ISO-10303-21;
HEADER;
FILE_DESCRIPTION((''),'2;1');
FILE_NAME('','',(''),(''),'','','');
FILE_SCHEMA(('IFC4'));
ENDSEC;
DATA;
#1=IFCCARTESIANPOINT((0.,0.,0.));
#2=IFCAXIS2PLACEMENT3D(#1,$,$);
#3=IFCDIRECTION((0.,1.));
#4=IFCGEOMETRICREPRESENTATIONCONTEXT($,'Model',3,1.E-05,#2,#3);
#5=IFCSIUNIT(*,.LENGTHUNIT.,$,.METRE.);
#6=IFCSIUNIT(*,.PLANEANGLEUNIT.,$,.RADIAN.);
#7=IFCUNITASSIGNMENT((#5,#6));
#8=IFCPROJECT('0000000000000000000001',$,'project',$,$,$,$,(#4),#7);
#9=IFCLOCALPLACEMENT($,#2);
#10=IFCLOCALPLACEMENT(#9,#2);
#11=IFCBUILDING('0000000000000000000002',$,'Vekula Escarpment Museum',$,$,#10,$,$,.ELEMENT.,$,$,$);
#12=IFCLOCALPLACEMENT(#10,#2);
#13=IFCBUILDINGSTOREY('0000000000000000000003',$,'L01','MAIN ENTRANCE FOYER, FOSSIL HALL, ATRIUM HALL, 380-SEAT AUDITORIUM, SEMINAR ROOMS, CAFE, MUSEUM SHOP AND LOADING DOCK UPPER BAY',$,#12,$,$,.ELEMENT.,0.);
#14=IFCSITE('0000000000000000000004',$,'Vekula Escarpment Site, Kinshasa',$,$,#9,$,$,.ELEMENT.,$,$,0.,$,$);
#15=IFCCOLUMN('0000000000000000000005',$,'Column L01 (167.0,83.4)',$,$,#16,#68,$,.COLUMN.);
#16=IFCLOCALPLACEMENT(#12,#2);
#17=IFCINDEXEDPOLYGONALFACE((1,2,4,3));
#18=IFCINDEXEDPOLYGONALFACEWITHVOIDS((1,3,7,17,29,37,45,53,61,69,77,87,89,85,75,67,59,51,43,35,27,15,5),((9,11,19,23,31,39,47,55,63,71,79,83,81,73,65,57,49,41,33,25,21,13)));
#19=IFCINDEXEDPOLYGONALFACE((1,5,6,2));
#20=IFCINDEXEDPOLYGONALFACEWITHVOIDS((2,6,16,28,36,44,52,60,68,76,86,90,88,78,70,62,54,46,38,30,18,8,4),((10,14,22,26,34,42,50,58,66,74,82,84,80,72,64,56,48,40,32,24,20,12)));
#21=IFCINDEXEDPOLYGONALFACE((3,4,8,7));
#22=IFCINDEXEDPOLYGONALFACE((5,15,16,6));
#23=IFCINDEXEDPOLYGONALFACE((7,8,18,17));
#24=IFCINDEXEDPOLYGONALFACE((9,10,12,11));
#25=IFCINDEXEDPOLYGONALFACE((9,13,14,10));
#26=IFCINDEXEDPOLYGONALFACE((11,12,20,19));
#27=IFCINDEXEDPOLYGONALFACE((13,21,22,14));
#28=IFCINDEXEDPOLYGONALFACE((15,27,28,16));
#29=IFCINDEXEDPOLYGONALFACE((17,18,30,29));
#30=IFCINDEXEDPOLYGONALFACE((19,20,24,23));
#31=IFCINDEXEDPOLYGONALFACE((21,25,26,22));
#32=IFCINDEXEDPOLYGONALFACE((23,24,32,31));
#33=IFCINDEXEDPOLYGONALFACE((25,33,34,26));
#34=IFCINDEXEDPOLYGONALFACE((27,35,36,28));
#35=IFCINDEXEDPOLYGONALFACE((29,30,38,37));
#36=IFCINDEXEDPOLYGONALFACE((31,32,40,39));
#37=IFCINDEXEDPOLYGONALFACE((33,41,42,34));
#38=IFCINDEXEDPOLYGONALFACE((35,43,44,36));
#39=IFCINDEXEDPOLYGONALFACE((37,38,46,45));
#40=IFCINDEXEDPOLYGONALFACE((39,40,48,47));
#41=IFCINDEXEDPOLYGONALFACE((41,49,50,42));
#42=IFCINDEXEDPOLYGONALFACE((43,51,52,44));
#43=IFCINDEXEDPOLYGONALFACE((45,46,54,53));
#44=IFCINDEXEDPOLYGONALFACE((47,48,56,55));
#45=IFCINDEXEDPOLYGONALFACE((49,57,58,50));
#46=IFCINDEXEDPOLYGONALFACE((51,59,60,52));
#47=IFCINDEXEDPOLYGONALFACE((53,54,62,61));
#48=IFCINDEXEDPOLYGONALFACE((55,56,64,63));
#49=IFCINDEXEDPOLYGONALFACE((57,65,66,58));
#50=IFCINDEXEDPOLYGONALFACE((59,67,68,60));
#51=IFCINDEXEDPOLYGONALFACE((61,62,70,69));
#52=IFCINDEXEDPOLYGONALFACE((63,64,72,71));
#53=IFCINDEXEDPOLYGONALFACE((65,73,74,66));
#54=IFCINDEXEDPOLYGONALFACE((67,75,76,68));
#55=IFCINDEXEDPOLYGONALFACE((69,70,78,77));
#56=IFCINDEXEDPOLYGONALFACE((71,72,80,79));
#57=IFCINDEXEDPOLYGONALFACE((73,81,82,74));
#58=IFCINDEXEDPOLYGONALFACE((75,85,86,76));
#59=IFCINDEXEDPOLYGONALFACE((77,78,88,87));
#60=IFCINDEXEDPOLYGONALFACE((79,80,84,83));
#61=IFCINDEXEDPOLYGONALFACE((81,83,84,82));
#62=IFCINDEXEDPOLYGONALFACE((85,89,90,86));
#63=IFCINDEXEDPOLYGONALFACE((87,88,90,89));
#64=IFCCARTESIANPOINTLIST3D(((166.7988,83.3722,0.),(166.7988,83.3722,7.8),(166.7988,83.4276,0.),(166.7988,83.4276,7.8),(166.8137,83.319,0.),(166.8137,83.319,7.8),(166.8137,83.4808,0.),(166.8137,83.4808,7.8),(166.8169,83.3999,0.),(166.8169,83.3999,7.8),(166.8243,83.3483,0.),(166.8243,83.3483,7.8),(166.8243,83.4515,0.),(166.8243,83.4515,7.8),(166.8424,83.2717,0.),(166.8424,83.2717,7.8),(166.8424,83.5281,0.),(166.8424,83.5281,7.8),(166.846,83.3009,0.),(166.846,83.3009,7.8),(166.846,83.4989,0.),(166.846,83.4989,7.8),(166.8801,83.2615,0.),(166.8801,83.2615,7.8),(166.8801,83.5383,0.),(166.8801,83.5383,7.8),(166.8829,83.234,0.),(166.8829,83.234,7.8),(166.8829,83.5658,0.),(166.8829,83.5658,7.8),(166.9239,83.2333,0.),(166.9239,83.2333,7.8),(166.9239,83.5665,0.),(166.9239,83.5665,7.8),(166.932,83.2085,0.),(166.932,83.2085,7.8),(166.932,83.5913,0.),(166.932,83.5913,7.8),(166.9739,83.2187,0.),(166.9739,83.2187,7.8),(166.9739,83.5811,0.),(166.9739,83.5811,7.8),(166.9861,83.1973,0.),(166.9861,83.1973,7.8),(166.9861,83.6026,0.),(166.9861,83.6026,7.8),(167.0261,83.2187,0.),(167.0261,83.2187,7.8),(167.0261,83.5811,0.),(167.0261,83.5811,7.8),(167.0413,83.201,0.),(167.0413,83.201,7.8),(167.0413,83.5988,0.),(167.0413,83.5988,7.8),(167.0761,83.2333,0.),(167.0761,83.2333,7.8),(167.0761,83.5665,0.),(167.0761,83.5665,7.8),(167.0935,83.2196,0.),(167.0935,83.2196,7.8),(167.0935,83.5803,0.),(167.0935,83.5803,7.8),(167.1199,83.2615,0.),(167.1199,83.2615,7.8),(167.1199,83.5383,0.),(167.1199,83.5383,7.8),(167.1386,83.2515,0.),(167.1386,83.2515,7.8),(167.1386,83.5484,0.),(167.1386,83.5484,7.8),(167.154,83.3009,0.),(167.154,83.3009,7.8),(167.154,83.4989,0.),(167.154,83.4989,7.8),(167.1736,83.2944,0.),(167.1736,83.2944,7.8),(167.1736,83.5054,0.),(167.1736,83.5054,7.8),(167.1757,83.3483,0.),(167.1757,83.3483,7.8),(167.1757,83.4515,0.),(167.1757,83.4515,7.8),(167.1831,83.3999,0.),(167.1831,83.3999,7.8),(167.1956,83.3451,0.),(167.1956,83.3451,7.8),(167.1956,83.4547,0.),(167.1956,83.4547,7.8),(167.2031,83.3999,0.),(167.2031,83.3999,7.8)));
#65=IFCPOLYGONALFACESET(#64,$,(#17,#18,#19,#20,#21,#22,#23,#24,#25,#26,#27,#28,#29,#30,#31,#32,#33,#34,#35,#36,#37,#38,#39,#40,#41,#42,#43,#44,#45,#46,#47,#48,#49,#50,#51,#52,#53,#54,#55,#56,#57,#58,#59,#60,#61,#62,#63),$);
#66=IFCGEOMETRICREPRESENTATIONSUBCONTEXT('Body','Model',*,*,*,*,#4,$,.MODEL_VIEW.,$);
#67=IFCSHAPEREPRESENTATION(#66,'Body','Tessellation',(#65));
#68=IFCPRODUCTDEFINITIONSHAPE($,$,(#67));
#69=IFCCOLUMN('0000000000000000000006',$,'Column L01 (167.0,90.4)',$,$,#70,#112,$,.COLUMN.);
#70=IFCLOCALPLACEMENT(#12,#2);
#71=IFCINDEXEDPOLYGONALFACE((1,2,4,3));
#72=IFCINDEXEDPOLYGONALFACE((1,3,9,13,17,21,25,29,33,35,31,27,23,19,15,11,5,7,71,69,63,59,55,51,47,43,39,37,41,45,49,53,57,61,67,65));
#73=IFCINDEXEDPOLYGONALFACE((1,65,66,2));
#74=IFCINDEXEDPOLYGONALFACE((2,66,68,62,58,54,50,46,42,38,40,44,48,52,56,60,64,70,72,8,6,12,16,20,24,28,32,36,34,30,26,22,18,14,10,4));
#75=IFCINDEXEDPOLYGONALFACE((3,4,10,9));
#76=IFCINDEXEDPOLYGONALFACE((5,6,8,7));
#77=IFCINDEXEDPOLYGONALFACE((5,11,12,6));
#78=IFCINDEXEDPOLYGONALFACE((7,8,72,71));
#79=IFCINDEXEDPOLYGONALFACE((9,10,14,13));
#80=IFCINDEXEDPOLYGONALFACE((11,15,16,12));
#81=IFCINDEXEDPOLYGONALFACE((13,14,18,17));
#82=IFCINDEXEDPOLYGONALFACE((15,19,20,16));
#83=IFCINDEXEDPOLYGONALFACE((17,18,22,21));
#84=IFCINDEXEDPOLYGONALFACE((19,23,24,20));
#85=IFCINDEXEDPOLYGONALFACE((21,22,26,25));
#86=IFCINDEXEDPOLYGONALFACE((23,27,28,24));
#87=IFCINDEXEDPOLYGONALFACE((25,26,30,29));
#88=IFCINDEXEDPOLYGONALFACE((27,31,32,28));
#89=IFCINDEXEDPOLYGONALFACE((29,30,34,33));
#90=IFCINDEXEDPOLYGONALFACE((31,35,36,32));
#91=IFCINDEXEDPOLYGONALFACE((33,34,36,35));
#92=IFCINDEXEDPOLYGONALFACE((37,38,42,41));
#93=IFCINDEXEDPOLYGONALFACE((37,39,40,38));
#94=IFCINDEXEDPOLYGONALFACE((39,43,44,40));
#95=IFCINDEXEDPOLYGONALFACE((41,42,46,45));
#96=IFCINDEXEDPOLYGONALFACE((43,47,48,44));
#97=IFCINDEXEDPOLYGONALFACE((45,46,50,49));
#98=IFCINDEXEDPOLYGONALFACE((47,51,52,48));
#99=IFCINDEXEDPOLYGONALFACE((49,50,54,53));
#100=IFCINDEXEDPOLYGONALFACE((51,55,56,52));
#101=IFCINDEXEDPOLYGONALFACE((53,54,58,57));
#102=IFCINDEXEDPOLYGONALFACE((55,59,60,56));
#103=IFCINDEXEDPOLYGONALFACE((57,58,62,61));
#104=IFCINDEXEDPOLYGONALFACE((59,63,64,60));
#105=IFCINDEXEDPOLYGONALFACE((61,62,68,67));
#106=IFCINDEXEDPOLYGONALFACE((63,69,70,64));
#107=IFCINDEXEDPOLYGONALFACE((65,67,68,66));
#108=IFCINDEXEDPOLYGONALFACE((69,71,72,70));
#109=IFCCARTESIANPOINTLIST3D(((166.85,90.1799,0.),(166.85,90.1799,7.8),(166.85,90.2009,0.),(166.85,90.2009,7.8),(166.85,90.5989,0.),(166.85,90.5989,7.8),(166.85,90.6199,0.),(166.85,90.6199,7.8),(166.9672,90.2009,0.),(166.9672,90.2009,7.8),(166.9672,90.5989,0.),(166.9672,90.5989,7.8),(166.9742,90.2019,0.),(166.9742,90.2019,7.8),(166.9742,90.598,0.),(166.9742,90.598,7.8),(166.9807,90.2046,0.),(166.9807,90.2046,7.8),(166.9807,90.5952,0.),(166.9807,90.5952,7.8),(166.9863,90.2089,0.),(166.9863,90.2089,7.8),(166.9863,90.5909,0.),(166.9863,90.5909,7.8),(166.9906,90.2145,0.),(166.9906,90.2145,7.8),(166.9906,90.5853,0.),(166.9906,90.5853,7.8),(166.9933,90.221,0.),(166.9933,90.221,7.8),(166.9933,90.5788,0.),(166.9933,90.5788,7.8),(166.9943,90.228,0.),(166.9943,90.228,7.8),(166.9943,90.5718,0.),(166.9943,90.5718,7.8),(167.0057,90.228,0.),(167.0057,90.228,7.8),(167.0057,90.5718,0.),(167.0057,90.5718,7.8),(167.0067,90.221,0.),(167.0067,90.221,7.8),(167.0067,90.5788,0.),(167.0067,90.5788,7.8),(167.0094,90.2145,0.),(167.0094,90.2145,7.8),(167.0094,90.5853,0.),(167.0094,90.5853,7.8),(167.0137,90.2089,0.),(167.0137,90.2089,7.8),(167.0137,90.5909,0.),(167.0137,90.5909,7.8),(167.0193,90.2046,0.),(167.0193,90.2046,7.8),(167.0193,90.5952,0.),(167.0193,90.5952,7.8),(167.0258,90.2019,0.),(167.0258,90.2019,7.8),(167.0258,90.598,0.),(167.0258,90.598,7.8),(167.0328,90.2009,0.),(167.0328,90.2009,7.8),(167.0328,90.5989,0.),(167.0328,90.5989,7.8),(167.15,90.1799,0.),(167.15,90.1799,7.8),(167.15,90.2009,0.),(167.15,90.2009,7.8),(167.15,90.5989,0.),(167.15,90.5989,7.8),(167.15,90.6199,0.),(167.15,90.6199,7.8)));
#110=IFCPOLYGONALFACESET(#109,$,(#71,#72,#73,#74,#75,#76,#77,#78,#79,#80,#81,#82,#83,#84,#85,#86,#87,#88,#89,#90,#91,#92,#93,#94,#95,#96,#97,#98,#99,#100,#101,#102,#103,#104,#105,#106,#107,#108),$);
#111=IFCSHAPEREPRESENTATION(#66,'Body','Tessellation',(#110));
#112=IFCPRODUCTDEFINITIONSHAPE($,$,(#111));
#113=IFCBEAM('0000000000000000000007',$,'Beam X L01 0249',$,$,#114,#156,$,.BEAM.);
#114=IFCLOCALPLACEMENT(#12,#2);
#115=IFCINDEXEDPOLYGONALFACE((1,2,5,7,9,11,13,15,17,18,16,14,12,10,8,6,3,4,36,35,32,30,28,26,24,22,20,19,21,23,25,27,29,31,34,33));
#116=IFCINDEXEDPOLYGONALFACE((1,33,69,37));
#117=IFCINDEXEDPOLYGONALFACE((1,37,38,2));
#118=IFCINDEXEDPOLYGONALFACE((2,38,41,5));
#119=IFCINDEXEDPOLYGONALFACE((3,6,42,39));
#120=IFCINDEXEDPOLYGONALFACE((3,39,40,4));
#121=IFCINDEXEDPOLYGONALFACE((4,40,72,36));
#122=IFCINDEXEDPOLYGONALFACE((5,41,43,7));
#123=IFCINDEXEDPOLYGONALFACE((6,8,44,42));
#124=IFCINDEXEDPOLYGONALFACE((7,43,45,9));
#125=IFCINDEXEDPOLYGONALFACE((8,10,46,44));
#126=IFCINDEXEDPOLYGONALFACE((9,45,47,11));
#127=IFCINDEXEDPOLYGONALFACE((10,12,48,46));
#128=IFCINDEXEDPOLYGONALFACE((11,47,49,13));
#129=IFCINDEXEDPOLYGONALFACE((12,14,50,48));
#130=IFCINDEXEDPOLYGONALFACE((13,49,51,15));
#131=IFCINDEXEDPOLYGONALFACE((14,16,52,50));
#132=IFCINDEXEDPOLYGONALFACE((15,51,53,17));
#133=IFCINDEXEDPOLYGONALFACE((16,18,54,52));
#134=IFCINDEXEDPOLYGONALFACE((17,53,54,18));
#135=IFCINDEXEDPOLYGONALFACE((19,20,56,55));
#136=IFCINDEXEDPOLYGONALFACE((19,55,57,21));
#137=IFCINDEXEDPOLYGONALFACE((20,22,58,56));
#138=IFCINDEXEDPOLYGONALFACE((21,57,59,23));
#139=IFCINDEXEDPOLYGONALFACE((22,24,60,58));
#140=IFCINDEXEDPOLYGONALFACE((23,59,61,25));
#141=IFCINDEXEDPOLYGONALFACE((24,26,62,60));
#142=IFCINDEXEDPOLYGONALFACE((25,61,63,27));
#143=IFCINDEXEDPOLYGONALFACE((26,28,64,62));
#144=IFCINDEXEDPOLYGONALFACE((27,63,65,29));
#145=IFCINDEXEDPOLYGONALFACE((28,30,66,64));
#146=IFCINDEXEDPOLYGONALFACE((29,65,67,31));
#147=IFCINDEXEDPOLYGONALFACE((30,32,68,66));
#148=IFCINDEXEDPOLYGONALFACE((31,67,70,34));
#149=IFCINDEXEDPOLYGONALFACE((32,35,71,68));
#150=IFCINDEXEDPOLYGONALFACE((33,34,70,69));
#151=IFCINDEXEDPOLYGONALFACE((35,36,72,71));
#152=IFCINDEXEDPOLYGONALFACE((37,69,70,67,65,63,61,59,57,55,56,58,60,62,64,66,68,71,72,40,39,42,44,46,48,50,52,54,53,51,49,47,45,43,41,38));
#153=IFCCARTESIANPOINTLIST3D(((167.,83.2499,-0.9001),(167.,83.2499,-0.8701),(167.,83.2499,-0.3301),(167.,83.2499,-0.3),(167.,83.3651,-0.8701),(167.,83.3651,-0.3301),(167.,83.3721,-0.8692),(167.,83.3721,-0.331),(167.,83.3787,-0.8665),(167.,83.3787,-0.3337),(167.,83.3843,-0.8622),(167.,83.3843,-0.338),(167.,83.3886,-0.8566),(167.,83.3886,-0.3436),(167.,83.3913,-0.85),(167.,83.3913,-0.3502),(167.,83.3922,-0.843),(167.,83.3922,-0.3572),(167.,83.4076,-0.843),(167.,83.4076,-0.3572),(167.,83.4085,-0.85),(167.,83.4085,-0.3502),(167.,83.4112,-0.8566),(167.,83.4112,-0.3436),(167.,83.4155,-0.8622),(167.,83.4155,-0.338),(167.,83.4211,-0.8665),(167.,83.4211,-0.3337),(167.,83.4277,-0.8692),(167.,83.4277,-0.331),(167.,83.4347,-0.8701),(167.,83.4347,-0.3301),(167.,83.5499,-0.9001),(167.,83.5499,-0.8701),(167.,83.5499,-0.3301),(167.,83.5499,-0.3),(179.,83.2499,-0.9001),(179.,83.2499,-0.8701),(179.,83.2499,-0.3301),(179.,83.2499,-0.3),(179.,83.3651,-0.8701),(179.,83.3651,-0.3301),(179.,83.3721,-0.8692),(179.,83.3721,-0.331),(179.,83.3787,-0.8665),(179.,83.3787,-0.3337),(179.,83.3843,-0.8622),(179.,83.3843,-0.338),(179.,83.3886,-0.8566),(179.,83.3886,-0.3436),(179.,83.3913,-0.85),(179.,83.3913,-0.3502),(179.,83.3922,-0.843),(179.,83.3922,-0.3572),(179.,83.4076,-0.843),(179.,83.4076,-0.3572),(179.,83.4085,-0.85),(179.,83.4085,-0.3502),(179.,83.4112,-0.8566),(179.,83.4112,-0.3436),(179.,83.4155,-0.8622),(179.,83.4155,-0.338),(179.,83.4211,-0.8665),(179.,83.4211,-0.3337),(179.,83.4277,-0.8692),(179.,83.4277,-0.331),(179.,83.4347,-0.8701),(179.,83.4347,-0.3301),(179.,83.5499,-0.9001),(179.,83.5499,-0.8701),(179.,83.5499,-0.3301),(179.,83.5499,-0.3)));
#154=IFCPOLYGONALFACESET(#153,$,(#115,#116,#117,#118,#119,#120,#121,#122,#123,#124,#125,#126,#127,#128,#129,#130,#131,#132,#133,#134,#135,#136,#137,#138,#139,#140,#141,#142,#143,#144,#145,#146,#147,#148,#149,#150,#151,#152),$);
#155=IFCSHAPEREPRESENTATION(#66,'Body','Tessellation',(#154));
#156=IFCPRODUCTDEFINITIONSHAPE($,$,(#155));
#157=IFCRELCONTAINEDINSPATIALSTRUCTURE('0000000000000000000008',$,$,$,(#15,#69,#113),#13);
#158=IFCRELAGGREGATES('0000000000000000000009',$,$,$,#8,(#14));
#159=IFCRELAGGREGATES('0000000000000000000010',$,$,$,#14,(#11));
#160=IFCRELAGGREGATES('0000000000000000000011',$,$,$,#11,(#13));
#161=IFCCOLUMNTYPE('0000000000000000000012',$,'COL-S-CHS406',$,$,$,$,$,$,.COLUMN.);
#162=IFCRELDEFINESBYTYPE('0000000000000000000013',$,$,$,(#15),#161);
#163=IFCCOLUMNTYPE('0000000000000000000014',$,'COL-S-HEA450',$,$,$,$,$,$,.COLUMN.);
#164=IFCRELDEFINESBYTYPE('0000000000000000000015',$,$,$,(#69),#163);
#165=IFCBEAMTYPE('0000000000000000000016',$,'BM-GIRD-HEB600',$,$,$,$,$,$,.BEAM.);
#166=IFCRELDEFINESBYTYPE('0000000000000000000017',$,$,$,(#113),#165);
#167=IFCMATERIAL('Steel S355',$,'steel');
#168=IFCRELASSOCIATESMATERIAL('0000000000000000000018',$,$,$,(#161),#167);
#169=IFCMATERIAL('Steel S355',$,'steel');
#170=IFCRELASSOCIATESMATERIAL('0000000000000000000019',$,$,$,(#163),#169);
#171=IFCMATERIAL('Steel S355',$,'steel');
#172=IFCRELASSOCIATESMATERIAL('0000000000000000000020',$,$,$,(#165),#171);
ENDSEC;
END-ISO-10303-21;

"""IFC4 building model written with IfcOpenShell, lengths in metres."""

from ifc_helpers import new_model, si_unit, direction, frame, origin, origin_2d, place, context, subcontext, project, spatial, hollow_circle, i_section, extrude, material, material_profile, profile_set, type_object, element, save


model = new_model("IFC4")

# Units and contexts
model_context = context("Model", 3, precision=1e-05, world=origin(), true_north=direction((0.0, 1.0)))
body_context = subcontext(model_context, "Body", "Model", "MODEL_VIEW")
ifc_project = project(units=[si_unit("LENGTHUNIT", "METRE"), si_unit("PLANEANGLEUNIT", "RADIAN")], contexts=[model_context])

# Site, building, storey
site_placement = place(None, origin())
site = spatial("IfcSite", under=ifc_project, at=site_placement, Name="Vekula Escarpment Site, Kinshasa", CompositionType="ELEMENT", RefElevation=0.0)
building_placement = place(site_placement, origin())
building = spatial("IfcBuilding", under=site, at=building_placement, Name="Vekula Escarpment Museum", CompositionType="ELEMENT")
storey_placement = place(building_placement, origin())
storey = spatial("IfcBuildingStorey", under=building, at=storey_placement, Name="L01", Description="MAIN ENTRANCE FOYER, FOSSIL HALL, ATRIUM HALL, 380-SEAT AUDITORIUM, SEMINAR ROOMS, CAFE, MUSEUM SHOP AND LOADING DOCK UPPER BAY", CompositionType="ELEMENT", Elevation=0.0)

# Columns
ifc_material_1 = material(Name="Steel S355", Category="steel")
ifc_material_profile_1 = material_profile(ifc_material_1, hollow_circle(Radius=0.2031, WallThickness=0.02, at=origin_2d()), Name="CHS 406.4x20")
ifc_profile_set_1 = profile_set([ifc_material_profile_1], Name="Steel S355")
column_type_1 = type_object("IfcColumnType", Name="COL-S-CHS406", PredefinedType="COLUMN", material=ifc_profile_set_1)
column_1_placement = place(storey_placement, frame((167.0, 83.3999, 0.0), z_axis=(0.0, 0.0, 1.0), x_axis=(1.0, 0.0, 0.0)))
element("IfcColumn", 1, at=column_1_placement, inside=storey, type_object=column_type_1, Name="Column L01 (167.0,83.4)", PredefinedType="COLUMN", context=body_context, shape_type="SweptSolid", body=[
    extrude(hollow_circle(Radius=0.2031, WallThickness=0.02, at=origin_2d()), origin(), (0.0, 0.0, 1.0), 7.8),
])
ifc_material_2 = material(Name="Steel S355", Category="steel")
ifc_material_profile_2 = material_profile(ifc_material_2, i_section(OverallWidth=0.3, OverallDepth=0.4399, WebThickness=0.0115, FlangeThickness=0.021, FilletRadius=0.0271, at=origin_2d()), Name="HEA 450")
ifc_profile_set_2 = profile_set([ifc_material_profile_2], Name="Steel S355")
column_type_2 = type_object("IfcColumnType", Name="COL-S-HEA450", PredefinedType="COLUMN", material=ifc_profile_set_2)
column_2_placement = place(storey_placement, frame((167.0, 90.3999, 0.0), z_axis=(0.0, 0.0, 1.0), x_axis=(1.0, 0.0, 0.0)))
element("IfcColumn", 2, at=column_2_placement, inside=storey, type_object=column_type_2, Name="Column L01 (167.0,90.4)", PredefinedType="COLUMN", context=body_context, shape_type="SweptSolid", body=[
    extrude(i_section(OverallWidth=0.3, OverallDepth=0.4399, WebThickness=0.0115, FlangeThickness=0.021, FilletRadius=0.0271, at=origin_2d()), origin(), (0.0, 0.0, 1.0), 7.8),
])

# Beam
ifc_material_3 = material(Name="Steel S355", Category="steel")
ifc_material_profile_3 = material_profile(ifc_material_3, i_section(OverallWidth=0.3, OverallDepth=0.6001, WebThickness=0.0154, FlangeThickness=0.03, FilletRadius=0.0271, at=origin_2d()), Name="HEB 600")
ifc_profile_set_3 = profile_set([ifc_material_profile_3], Name="Steel S355")
beam_type_1 = type_object("IfcBeamType", Name="BM-GIRD-HEB600", PredefinedType="BEAM", material=ifc_profile_set_3)
for number, where, z_axis, x_axis, name in (
    (3, (167.0, 83.3999, -0.6001), (1.0, 0.0, 0.0), (0.0, 1.0, 0.0), "Beam X L01 0249"),
):
    element("IfcBeam", number, at=place(storey_placement, frame(where, z_axis=z_axis, x_axis=x_axis)), inside=storey, type_object=beam_type_1, Name=name, PredefinedType="BEAM", context=body_context, shape_type="SweptSolid", body=[
        extrude(i_section(OverallWidth=0.3, OverallDepth=0.6001, WebThickness=0.0154, FlangeThickness=0.03, FilletRadius=0.0271, at=origin_2d()), origin(), (0.0, 0.0, 1.0), 12.0),
    ])

save(model, "model.ifc")
